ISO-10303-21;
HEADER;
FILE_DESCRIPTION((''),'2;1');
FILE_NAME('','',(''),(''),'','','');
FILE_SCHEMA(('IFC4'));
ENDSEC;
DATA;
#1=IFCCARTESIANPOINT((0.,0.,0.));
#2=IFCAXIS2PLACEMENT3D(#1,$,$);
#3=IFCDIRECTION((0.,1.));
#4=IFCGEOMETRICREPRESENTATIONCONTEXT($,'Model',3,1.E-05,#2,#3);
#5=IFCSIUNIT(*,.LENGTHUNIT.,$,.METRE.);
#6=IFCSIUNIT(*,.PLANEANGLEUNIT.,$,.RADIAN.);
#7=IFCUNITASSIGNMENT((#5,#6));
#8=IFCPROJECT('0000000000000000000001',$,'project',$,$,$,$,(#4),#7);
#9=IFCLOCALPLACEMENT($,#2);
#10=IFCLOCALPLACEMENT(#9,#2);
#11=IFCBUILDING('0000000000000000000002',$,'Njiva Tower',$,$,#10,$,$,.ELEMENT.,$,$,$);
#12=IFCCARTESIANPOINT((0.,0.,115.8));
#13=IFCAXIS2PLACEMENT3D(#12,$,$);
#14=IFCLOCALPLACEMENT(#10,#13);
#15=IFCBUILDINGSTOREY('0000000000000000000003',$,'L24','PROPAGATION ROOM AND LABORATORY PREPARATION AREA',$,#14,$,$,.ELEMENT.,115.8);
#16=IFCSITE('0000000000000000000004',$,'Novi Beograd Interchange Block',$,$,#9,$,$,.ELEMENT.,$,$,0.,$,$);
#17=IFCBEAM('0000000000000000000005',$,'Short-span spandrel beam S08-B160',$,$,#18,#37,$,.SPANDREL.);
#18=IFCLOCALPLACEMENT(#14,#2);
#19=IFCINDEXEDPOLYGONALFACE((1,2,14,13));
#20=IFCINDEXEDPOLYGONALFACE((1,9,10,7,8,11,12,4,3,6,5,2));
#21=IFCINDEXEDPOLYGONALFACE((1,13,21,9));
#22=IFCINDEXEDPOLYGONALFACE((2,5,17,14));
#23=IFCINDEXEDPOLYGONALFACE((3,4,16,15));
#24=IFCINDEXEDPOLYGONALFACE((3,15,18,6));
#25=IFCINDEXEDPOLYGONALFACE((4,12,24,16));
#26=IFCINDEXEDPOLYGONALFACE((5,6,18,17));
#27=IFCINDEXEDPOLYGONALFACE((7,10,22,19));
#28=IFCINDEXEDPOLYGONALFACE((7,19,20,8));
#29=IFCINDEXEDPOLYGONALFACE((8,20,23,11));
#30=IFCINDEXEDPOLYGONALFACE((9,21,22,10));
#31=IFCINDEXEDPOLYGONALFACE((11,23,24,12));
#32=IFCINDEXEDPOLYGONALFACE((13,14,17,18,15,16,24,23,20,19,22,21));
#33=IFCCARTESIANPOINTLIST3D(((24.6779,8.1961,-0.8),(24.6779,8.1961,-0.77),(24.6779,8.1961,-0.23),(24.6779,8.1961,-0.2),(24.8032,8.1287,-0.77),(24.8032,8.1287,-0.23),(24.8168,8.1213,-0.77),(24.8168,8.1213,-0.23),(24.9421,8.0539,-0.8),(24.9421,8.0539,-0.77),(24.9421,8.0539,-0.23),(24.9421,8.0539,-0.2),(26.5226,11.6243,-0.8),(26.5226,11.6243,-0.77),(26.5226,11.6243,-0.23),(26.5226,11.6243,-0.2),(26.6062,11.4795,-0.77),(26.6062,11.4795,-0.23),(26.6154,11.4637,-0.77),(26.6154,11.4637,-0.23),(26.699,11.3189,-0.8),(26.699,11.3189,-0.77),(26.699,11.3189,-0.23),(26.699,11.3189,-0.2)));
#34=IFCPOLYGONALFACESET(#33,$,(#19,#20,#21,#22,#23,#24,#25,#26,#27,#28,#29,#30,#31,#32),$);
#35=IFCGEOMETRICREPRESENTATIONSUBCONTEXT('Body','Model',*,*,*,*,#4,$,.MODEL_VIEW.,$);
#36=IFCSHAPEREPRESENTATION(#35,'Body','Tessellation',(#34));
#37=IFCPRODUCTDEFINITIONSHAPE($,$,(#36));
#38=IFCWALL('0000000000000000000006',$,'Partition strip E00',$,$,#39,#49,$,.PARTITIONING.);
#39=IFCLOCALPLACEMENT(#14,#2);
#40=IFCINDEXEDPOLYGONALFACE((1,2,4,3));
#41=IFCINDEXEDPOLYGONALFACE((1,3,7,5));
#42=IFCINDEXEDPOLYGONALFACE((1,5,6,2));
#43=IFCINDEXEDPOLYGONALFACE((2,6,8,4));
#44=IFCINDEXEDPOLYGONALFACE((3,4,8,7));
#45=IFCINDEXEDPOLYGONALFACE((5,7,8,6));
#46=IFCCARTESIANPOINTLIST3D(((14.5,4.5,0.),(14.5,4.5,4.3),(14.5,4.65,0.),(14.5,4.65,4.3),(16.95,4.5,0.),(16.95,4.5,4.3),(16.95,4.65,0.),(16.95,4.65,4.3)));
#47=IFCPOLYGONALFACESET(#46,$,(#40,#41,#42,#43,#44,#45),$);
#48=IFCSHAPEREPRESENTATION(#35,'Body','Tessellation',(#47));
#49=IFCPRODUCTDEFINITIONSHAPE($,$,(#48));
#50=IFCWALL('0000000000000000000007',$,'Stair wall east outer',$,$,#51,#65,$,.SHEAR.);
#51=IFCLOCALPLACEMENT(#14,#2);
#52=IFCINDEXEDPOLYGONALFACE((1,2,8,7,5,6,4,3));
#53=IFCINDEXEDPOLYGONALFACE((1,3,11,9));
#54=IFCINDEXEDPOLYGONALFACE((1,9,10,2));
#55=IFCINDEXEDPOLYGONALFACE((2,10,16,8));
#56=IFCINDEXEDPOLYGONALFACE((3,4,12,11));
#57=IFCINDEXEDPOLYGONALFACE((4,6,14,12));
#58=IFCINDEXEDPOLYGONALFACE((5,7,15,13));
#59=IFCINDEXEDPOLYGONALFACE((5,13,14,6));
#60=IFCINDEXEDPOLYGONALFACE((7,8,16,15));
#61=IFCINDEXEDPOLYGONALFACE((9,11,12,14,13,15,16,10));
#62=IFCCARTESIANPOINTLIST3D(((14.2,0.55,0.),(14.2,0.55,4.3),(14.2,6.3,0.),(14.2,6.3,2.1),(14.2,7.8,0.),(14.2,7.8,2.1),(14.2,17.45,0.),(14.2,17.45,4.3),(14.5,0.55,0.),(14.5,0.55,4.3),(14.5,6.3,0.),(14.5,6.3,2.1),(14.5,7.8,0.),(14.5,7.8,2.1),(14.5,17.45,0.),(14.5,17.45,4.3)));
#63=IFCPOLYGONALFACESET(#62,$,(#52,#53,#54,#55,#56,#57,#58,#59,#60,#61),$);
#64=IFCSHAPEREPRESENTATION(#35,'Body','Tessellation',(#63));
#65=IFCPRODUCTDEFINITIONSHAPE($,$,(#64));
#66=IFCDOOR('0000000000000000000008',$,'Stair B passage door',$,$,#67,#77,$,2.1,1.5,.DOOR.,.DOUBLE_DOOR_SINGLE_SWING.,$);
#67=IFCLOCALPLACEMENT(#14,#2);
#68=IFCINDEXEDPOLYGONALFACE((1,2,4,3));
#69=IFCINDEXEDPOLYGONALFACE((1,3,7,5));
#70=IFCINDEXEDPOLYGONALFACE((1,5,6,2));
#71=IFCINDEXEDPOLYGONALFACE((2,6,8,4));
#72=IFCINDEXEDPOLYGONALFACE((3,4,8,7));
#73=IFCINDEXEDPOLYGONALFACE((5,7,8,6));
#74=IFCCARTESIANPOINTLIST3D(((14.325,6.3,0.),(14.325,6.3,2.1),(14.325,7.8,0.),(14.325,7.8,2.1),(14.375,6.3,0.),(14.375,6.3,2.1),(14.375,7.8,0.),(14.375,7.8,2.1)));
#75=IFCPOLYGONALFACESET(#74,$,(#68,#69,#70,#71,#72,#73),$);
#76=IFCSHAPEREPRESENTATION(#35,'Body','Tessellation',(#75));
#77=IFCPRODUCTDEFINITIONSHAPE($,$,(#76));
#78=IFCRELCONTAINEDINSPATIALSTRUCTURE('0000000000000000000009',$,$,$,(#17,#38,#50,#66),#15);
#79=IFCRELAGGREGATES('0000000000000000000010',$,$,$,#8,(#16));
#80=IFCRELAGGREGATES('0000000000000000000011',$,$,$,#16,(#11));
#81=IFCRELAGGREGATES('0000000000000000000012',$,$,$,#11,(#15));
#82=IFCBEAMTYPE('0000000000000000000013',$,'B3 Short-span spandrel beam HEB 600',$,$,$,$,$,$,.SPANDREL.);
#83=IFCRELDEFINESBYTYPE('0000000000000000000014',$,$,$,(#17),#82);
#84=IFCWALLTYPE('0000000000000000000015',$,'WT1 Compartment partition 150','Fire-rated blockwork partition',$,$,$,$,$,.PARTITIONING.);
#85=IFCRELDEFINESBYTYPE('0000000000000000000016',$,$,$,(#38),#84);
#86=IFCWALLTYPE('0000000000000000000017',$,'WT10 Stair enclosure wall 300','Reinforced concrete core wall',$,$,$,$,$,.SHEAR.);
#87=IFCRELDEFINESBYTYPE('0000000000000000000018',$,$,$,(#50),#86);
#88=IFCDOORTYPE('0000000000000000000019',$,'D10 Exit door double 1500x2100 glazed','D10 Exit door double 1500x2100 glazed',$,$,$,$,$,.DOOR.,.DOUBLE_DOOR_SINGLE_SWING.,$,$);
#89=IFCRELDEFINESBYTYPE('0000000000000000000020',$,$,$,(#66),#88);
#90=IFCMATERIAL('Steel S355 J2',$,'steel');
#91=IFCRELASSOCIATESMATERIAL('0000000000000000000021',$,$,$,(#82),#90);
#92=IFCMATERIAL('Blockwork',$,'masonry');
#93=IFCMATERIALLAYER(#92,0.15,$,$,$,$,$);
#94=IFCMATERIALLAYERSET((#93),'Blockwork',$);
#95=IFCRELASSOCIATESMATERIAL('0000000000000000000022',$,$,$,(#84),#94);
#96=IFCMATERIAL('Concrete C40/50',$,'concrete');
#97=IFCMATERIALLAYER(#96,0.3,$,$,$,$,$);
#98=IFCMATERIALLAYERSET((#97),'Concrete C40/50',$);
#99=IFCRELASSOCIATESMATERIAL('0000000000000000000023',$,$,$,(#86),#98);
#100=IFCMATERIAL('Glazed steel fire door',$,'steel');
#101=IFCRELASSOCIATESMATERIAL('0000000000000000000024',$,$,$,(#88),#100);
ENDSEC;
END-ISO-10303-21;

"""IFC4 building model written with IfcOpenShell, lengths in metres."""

from ifc_helpers import new_model, si_unit, direction, frame, frame_2d, origin, origin_2d, place, context, subcontext, project, spatial, rectangle, i_section, extrude, clip, halfspace, material, layer, layer_set, material_profile, profile_set, type_object, element, fill, save


model = new_model("IFC4")

# Units and contexts
model_context = context("Model", 3, precision=1e-05, world=origin(), true_north=direction((0.0, 1.0)))
body_context = subcontext(model_context, "Body", "Model", "MODEL_VIEW")
ifc_project = project(units=[si_unit("LENGTHUNIT", "METRE"), si_unit("PLANEANGLEUNIT", "RADIAN")], contexts=[model_context])

# Site, building, storey
site_placement = place(None, origin())
site = spatial("IfcSite", under=ifc_project, at=site_placement, Name="Novi Beograd Interchange Block", CompositionType="ELEMENT", RefElevation=0.0)
building_placement = place(site_placement, origin())
building = spatial("IfcBuilding", under=site, at=building_placement, Name="Njiva Tower", CompositionType="ELEMENT")
storey_placement = place(building_placement, frame((0.0, 0.0, 115.8)))
storey = spatial("IfcBuildingStorey", under=building, at=storey_placement, Name="L24", Description="PROPAGATION ROOM AND LABORATORY PREPARATION AREA", CompositionType="ELEMENT", Elevation=115.8)

# Shared definitions
ifc_material_1 = material(Name="Steel S355 J2", Category="steel")

# Beam
ifc_material_profile_1 = material_profile(ifc_material_1, i_section(OverallWidth=0.3, OverallDepth=0.6, WebThickness=0.0155, FlangeThickness=0.03, at=origin_2d()), Name="HEB 600")
ifc_profile_set_1 = profile_set([ifc_material_profile_1], Name="Steel S355 J2")
beam_type_1 = type_object("IfcBeamType", Name="B3 Short-span spandrel beam HEB 600", PredefinedType="SPANDREL", material=ifc_profile_set_1)
beam_1_placement = place(storey_placement, frame((24.81, 8.125, -0.5), z_axis=(0.473849, 0.880606, 0.0), x_axis=(-0.880606, 0.473849, 0.0)))
element("IfcBeam", 1, at=beam_1_placement, inside=storey, type_object=beam_type_1, Name="Short-span spandrel beam S08-B160", PredefinedType="SPANDREL", context=body_context, shape_type="Clipping", body=[
    clip(extrude(i_section(OverallWidth=0.3, OverallDepth=0.6, WebThickness=0.0155, FlangeThickness=0.03, at=origin_2d()), origin(), (0.0, 0.0, 1.0), 3.9138), halfspace(frame((-0.026, 0.0, 3.7843), z_axis=(-0.525705, 0.0, 0.850667), x_axis=(0.0, 1.0, 0.0)), False)),
])

# Wall
ifc_material_2 = material(Name="Blockwork", Category="masonry")
ifc_layer_1 = layer(ifc_material_2, 0.15)
ifc_layer_set_1 = layer_set([ifc_layer_1], Name="Blockwork")
wall_type_1 = type_object("IfcWallType", Name="WT1 Compartment partition 150", Description="Fire-rated blockwork partition", PredefinedType="PARTITIONING", material=ifc_layer_set_1)
wall_1_placement = place(storey_placement, frame((14.5, 4.575, 0.0), z_axis=(0.0, 0.0, 1.0), x_axis=(1.0, 0.0, 0.0)))
element("IfcWall", 2, at=wall_1_placement, inside=storey, type_object=wall_type_1, Name="Partition strip E00", PredefinedType="PARTITIONING", context=body_context, shape_type="SweptSolid", body=[
    extrude(rectangle(XDim=2.45, YDim=0.15, at=frame_2d((1.225, 0.0))), origin(), (0.0, 0.0, 1.0), 4.3),
])

# Wall, opening, door
ifc_material_3 = material(Name="Concrete C40/50", Category="concrete")
ifc_layer_2 = layer(ifc_material_3, 0.3)
ifc_layer_set_2 = layer_set([ifc_layer_2], Name="Concrete C40/50")
wall_type_2 = type_object("IfcWallType", Name="WT10 Stair enclosure wall 300", Description="Reinforced concrete core wall", PredefinedType="SHEAR", material=ifc_layer_set_2)
wall_2_placement = place(storey_placement, frame((14.35, 0.55, 0.0), z_axis=(0.0, 0.0, 1.0), x_axis=(0.0, 1.0, 0.0)))
wall_2 = element("IfcWall", 3, at=wall_2_placement, inside=storey, type_object=wall_type_2, Name="Stair wall east outer", PredefinedType="SHEAR", context=body_context, shape_type="SweptSolid", body=[
    extrude(rectangle(XDim=16.9, YDim=0.3, at=frame_2d((8.45, 0.0))), origin(), (0.0, 0.0, 1.0), 4.3),
])
opening_1_placement = place(wall_2_placement, frame((5.75, 0.0, 0.0)))
opening_1 = element("IfcOpeningElement", 4, at=opening_1_placement, cuts=wall_2, PredefinedType="OPENING", context=body_context, shape_type="SweptSolid", body=[
    extrude(rectangle(XDim=1.5, YDim=2.1, at=frame_2d((0.75, 1.05))), frame((0.0, 0.16, 0.0), z_axis=(0.0, -1.0, 0.0), x_axis=(1.0, 0.0, 0.0)), (0.0, 0.0, 1.0), 0.32),
])
ifc_material_4 = material(Name="Glazed steel fire door", Category="steel")
door_type_1 = type_object("IfcDoorType", Name="D10 Exit door double 1500x2100 glazed", Description="D10 Exit door double 1500x2100 glazed", OperationType="DOUBLE_DOOR_SINGLE_SWING", PredefinedType="DOOR", material=ifc_material_4)
door_1_placement = place(opening_1_placement, origin())
door_1 = element("IfcDoor", 5, at=door_1_placement, inside=storey, type_object=door_type_1, Name="Stair B passage door", OperationType="DOUBLE_DOOR_SINGLE_SWING", OverallHeight=2.1, OverallWidth=1.5, PredefinedType="DOOR", context=body_context, shape_type="SweptSolid", body=[
    extrude(rectangle(XDim=1.5, YDim=2.1, at=frame_2d((0.75, 1.05))), frame((0.0, 0.025, 0.0), z_axis=(0.0, -1.0, 0.0), x_axis=(1.0, 0.0, 0.0)), (0.0, 0.0, 1.0), 0.05),
])
fill(opening_1, door_1)

save(model, "model.ifc")
